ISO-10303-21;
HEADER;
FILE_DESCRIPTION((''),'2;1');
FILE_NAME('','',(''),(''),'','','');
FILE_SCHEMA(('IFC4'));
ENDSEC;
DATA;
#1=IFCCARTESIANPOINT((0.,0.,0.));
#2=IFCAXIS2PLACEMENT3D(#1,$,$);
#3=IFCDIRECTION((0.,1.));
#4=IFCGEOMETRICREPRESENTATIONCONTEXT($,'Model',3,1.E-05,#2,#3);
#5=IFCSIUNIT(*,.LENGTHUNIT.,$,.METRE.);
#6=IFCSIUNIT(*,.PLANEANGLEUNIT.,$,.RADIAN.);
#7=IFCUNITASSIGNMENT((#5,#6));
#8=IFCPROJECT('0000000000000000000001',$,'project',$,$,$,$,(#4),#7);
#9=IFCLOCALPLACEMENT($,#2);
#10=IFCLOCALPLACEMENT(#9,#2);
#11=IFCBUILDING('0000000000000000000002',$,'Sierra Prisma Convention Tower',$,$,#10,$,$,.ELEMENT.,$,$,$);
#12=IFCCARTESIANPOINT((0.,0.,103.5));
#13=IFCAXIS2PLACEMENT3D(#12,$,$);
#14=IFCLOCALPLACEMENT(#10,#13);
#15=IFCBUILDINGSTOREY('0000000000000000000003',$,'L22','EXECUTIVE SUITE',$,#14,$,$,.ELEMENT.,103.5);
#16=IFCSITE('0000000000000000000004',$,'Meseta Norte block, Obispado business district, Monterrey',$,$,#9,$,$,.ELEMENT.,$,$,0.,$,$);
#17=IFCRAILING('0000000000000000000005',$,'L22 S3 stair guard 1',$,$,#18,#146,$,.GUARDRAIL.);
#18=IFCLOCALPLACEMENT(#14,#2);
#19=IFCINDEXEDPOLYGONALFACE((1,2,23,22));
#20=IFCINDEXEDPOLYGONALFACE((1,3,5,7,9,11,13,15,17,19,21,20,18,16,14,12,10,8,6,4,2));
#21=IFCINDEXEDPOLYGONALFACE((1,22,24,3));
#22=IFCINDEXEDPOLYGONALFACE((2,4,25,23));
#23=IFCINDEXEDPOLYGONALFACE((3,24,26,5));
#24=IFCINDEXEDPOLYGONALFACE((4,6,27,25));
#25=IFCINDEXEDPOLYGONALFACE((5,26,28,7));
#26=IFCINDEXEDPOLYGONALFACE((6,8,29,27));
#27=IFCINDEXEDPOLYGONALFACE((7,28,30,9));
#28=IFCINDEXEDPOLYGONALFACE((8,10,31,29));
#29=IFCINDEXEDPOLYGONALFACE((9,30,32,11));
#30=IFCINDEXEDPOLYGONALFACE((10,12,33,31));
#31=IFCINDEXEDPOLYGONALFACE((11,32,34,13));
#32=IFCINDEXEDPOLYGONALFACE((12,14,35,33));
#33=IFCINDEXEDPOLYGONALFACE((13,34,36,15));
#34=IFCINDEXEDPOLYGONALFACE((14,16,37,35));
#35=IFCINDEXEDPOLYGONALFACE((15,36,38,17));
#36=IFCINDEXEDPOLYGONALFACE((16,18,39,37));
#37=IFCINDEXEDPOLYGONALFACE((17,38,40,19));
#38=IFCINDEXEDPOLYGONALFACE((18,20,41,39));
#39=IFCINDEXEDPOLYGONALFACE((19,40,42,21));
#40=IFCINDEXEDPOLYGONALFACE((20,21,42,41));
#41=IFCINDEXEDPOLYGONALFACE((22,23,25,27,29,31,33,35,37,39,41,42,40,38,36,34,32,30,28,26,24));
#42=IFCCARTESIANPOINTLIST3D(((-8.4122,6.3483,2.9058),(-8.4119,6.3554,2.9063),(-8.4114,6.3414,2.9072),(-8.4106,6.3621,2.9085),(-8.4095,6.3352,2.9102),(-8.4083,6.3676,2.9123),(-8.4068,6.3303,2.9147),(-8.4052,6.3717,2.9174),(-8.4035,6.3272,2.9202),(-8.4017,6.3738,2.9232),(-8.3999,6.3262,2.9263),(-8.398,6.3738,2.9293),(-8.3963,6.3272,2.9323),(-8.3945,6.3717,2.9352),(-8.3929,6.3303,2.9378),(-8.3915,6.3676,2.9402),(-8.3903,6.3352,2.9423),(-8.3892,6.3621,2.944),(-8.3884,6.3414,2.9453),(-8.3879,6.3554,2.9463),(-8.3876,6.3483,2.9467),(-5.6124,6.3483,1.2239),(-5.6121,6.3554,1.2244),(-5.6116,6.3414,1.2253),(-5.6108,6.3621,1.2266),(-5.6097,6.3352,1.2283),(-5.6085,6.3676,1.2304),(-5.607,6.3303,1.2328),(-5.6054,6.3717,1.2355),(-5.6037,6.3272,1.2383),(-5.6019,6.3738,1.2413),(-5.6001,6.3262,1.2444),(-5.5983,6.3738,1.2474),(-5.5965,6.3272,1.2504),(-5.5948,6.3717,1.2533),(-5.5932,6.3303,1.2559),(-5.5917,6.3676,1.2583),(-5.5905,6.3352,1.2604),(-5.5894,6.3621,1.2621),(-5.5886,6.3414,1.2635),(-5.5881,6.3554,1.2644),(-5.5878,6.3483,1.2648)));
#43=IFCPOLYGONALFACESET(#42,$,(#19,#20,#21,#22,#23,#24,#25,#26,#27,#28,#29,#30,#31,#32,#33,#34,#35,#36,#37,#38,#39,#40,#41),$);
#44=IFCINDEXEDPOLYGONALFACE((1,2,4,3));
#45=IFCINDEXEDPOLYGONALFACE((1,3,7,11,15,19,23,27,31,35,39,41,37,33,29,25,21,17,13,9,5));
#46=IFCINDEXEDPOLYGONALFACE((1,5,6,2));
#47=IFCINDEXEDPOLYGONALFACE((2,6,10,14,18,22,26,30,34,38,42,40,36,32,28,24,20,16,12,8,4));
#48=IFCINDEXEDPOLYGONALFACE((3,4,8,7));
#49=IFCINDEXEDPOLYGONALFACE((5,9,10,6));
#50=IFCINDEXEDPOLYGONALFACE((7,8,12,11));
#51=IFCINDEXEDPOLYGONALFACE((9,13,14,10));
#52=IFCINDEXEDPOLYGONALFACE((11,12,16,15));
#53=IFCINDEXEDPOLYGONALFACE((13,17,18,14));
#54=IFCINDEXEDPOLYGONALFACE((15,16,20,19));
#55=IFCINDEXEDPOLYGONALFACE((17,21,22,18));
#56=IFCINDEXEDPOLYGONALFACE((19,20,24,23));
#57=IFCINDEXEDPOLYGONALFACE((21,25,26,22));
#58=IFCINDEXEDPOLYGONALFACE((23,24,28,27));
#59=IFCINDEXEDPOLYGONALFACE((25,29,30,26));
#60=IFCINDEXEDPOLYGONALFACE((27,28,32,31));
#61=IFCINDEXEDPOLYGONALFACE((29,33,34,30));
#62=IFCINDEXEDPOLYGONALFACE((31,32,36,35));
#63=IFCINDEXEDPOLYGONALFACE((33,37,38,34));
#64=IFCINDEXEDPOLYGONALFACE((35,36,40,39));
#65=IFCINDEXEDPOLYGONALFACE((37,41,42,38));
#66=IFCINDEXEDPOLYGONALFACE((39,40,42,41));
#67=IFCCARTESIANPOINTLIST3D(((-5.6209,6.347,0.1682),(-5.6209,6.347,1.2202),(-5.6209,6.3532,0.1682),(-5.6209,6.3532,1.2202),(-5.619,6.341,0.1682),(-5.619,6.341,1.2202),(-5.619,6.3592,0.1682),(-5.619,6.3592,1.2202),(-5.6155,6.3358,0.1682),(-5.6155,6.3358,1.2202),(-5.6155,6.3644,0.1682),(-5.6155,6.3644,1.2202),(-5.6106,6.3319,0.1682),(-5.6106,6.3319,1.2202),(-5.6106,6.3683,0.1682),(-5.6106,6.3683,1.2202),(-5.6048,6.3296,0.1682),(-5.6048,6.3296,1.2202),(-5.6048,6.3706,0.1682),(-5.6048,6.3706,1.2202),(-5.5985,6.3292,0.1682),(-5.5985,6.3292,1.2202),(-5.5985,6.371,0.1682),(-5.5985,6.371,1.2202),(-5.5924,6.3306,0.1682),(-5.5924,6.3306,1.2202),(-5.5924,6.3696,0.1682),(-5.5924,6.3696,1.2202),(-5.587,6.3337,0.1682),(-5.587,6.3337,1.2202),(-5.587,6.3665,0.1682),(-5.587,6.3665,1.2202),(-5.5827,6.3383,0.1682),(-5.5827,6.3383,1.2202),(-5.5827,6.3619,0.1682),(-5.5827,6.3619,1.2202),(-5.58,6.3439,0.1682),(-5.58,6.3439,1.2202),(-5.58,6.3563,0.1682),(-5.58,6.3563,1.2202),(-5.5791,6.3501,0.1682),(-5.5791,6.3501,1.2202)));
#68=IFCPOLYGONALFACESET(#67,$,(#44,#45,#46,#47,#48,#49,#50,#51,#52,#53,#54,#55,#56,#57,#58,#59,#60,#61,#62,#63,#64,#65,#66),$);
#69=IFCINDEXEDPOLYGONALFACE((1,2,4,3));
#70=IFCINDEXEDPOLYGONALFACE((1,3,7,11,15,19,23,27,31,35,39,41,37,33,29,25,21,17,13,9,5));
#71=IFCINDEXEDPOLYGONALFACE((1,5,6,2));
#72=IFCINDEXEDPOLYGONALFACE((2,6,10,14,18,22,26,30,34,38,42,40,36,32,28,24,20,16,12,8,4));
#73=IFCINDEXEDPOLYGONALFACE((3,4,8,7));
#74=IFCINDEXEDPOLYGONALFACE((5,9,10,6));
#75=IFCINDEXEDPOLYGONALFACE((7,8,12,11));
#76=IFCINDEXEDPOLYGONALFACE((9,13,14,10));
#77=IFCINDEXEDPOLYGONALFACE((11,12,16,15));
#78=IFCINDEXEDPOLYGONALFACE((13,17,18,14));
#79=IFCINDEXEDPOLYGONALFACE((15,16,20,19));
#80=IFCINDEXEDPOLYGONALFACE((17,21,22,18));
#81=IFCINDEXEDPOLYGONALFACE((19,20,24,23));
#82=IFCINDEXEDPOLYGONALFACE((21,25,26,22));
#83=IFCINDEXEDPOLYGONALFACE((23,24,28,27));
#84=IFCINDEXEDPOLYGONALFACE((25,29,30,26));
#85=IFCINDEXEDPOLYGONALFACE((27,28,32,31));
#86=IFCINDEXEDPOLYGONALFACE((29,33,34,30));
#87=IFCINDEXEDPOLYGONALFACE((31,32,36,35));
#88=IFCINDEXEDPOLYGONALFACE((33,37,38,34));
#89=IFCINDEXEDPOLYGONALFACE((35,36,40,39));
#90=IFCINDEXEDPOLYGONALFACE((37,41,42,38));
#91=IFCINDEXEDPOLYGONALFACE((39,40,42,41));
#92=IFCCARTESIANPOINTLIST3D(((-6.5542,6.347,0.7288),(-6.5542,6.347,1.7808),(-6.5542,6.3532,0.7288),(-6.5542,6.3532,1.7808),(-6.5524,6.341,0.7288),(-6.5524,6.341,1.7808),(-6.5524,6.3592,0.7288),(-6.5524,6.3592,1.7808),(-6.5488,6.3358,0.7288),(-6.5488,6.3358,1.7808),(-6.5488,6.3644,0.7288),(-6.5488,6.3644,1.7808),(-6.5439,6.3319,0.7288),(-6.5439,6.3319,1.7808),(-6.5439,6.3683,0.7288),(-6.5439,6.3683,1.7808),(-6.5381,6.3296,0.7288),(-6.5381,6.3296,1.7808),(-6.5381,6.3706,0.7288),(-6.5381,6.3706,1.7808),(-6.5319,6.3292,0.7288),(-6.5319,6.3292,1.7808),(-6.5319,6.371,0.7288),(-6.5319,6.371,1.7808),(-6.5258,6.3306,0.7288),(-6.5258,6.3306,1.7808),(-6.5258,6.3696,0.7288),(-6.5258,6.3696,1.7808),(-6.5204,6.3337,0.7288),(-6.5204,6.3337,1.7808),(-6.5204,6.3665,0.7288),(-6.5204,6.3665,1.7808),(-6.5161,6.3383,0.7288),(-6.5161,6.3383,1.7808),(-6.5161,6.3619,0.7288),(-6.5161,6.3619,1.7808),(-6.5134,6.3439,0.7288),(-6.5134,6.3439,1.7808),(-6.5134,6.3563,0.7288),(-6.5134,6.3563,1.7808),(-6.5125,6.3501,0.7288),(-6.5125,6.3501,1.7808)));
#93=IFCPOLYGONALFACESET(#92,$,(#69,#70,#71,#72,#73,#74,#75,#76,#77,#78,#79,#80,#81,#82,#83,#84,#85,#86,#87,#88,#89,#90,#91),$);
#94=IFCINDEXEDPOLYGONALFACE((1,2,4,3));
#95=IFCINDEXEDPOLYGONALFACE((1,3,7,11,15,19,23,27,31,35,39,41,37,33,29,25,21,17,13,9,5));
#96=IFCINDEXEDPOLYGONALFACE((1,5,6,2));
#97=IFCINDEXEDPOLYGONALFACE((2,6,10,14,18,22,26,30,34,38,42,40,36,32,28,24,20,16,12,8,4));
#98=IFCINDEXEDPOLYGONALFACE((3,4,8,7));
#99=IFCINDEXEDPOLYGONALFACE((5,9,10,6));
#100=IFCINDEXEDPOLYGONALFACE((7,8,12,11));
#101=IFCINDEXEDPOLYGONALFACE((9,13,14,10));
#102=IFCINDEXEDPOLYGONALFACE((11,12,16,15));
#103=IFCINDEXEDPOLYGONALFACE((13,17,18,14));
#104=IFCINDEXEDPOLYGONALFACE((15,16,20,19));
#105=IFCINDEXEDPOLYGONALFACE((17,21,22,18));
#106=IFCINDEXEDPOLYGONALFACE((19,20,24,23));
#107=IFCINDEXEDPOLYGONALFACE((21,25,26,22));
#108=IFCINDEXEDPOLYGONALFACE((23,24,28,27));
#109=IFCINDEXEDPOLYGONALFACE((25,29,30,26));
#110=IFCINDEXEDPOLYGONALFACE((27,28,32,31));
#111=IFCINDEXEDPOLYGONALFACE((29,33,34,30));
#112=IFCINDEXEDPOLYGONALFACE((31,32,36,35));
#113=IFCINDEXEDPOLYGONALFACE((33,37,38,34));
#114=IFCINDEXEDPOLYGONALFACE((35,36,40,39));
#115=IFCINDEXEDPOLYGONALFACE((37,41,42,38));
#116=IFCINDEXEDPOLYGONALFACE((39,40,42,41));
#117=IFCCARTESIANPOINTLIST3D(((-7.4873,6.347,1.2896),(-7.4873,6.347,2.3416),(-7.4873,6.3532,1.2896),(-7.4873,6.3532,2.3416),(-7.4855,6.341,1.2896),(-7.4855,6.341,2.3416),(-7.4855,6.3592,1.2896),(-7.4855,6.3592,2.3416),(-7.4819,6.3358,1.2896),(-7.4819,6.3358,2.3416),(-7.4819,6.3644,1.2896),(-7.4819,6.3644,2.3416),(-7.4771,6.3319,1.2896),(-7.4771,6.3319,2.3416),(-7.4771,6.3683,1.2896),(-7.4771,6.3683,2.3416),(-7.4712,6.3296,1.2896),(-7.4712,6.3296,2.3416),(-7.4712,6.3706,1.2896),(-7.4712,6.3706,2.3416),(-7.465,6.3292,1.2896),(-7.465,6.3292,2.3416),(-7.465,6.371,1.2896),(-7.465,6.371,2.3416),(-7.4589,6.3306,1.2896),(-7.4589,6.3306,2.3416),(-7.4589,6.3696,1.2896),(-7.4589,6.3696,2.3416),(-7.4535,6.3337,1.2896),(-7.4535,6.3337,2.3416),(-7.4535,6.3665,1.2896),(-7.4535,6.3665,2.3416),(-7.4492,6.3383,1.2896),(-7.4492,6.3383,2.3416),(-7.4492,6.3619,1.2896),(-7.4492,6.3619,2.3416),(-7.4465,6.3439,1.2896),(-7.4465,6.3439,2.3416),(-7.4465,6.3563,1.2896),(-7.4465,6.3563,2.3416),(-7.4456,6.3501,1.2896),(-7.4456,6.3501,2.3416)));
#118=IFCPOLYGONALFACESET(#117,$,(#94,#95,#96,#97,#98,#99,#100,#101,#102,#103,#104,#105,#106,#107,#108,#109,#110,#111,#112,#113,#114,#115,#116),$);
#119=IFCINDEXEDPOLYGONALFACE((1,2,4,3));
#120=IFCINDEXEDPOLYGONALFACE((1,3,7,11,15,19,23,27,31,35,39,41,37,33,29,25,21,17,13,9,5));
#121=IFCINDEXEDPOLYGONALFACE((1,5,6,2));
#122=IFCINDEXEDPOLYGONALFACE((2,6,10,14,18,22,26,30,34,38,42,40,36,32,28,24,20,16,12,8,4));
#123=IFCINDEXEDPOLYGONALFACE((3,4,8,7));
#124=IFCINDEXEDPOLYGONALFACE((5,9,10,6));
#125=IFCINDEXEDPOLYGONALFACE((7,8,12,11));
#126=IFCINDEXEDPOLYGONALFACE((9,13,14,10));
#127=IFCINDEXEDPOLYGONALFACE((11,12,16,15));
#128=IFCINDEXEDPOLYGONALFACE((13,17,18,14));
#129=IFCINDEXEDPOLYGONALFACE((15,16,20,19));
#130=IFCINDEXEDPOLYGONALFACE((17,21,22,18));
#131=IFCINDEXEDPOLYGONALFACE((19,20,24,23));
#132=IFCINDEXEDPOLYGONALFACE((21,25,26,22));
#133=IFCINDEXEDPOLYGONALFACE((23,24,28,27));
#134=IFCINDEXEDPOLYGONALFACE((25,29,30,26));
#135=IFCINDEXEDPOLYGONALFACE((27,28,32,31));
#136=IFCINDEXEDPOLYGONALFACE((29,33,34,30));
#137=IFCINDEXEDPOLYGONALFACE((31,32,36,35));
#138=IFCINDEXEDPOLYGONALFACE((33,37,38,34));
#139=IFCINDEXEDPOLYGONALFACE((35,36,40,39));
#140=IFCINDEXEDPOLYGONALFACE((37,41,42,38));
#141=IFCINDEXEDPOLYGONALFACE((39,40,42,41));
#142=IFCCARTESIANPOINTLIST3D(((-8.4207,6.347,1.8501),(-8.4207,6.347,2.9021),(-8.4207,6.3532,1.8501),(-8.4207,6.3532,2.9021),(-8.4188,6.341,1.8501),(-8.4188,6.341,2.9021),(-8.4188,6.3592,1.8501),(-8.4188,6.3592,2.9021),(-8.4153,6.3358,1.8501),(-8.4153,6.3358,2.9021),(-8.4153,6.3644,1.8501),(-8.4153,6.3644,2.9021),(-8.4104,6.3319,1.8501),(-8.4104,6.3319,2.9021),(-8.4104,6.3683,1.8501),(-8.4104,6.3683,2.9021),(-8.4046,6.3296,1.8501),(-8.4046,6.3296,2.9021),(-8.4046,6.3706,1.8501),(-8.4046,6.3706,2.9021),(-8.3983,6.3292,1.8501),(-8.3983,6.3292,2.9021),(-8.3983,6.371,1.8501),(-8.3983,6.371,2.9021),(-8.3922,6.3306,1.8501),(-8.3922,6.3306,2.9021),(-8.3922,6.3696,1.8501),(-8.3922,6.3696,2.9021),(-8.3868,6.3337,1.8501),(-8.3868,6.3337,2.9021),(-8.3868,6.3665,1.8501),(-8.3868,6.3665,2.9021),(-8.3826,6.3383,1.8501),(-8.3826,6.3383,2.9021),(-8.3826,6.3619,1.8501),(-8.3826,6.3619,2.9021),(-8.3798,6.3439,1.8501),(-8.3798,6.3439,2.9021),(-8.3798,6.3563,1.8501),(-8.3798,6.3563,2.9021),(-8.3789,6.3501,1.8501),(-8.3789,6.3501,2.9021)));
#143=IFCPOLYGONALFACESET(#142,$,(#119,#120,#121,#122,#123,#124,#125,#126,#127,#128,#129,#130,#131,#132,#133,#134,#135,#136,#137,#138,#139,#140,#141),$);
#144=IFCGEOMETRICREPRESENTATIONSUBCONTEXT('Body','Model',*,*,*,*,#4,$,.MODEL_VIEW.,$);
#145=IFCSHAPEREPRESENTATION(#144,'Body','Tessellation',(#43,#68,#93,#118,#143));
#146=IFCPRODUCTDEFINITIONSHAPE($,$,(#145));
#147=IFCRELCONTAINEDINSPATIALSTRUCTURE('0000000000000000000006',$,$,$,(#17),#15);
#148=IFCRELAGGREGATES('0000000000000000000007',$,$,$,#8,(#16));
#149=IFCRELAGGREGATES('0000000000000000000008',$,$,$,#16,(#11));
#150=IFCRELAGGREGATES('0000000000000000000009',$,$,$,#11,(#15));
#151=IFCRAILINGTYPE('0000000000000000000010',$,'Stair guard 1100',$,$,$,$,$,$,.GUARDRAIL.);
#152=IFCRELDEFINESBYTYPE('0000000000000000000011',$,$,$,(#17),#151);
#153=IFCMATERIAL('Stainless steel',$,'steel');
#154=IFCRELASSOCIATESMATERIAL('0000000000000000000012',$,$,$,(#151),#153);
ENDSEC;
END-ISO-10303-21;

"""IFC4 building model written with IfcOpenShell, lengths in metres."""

from ifc_helpers import new_model, si_unit, direction, frame, origin, origin_2d, place, context, subcontext, project, spatial, circle, extrude, material, type_object, element, save


model = new_model("IFC4")

# Units and contexts
model_context = context("Model", 3, precision=1e-05, world=origin(), true_north=direction((0.0, 1.0)))
body_context = subcontext(model_context, "Body", "Model", "MODEL_VIEW")
ifc_project = project(units=[si_unit("LENGTHUNIT", "METRE"), si_unit("PLANEANGLEUNIT", "RADIAN")], contexts=[model_context])

# Site, building, storey
site_placement = place(None, origin())
site = spatial("IfcSite", under=ifc_project, at=site_placement, Name="Meseta Norte block, Obispado business district, Monterrey", CompositionType="ELEMENT", RefElevation=0.0)
building_placement = place(site_placement, origin())
building = spatial("IfcBuilding", under=site, at=building_placement, Name="Sierra Prisma Convention Tower", CompositionType="ELEMENT")
storey_placement = place(building_placement, frame((0.0, 0.0, 103.5)))
storey = spatial("IfcBuildingStorey", under=building, at=storey_placement, Name="L22", Description="EXECUTIVE SUITE", CompositionType="ELEMENT", Elevation=103.5)

# Railing
ifc_material_1 = material(Name="Stainless steel", Category="steel")
railing_type_1 = type_object("IfcRailingType", Name="Stair guard 1100", PredefinedType="GUARDRAIL", material=ifc_material_1)
railing_1_placement = place(storey_placement, frame((-5.6001, 6.3501, 0.1682)))
element("IfcRailing", 1, at=railing_1_placement, inside=storey, type_object=railing_type_1, Name="L22 S3 stair guard 1", PredefinedType="GUARDRAIL", context=body_context, shape_type="SweptSolid", body=[
    extrude(circle(Radius=0.0239, at=origin_2d()), frame((0.0, 0.0, 1.0762), z_axis=(-0.857222, 0.0, 0.514946), x_axis=(0.0, -1.0, 0.0)), (0.0, 0.0, 1.0), 3.2661),
    extrude(circle(Radius=0.021, at=origin_2d()), origin(), (0.0, 0.0, 1.0), 1.052),
    extrude(circle(Radius=0.021, at=origin_2d()), frame((-0.9333, 0.0, 0.5605)), (0.0, 0.0, 1.0), 1.052),
    extrude(circle(Radius=0.021, at=origin_2d()), frame((-1.8665, 0.0, 1.1213)), (0.0, 0.0, 1.0), 1.052),
    extrude(circle(Radius=0.021, at=origin_2d()), frame((-2.7998, 0.0, 1.6819)), (0.0, 0.0, 1.0), 1.052),
])

save(model, "model.ifc")
